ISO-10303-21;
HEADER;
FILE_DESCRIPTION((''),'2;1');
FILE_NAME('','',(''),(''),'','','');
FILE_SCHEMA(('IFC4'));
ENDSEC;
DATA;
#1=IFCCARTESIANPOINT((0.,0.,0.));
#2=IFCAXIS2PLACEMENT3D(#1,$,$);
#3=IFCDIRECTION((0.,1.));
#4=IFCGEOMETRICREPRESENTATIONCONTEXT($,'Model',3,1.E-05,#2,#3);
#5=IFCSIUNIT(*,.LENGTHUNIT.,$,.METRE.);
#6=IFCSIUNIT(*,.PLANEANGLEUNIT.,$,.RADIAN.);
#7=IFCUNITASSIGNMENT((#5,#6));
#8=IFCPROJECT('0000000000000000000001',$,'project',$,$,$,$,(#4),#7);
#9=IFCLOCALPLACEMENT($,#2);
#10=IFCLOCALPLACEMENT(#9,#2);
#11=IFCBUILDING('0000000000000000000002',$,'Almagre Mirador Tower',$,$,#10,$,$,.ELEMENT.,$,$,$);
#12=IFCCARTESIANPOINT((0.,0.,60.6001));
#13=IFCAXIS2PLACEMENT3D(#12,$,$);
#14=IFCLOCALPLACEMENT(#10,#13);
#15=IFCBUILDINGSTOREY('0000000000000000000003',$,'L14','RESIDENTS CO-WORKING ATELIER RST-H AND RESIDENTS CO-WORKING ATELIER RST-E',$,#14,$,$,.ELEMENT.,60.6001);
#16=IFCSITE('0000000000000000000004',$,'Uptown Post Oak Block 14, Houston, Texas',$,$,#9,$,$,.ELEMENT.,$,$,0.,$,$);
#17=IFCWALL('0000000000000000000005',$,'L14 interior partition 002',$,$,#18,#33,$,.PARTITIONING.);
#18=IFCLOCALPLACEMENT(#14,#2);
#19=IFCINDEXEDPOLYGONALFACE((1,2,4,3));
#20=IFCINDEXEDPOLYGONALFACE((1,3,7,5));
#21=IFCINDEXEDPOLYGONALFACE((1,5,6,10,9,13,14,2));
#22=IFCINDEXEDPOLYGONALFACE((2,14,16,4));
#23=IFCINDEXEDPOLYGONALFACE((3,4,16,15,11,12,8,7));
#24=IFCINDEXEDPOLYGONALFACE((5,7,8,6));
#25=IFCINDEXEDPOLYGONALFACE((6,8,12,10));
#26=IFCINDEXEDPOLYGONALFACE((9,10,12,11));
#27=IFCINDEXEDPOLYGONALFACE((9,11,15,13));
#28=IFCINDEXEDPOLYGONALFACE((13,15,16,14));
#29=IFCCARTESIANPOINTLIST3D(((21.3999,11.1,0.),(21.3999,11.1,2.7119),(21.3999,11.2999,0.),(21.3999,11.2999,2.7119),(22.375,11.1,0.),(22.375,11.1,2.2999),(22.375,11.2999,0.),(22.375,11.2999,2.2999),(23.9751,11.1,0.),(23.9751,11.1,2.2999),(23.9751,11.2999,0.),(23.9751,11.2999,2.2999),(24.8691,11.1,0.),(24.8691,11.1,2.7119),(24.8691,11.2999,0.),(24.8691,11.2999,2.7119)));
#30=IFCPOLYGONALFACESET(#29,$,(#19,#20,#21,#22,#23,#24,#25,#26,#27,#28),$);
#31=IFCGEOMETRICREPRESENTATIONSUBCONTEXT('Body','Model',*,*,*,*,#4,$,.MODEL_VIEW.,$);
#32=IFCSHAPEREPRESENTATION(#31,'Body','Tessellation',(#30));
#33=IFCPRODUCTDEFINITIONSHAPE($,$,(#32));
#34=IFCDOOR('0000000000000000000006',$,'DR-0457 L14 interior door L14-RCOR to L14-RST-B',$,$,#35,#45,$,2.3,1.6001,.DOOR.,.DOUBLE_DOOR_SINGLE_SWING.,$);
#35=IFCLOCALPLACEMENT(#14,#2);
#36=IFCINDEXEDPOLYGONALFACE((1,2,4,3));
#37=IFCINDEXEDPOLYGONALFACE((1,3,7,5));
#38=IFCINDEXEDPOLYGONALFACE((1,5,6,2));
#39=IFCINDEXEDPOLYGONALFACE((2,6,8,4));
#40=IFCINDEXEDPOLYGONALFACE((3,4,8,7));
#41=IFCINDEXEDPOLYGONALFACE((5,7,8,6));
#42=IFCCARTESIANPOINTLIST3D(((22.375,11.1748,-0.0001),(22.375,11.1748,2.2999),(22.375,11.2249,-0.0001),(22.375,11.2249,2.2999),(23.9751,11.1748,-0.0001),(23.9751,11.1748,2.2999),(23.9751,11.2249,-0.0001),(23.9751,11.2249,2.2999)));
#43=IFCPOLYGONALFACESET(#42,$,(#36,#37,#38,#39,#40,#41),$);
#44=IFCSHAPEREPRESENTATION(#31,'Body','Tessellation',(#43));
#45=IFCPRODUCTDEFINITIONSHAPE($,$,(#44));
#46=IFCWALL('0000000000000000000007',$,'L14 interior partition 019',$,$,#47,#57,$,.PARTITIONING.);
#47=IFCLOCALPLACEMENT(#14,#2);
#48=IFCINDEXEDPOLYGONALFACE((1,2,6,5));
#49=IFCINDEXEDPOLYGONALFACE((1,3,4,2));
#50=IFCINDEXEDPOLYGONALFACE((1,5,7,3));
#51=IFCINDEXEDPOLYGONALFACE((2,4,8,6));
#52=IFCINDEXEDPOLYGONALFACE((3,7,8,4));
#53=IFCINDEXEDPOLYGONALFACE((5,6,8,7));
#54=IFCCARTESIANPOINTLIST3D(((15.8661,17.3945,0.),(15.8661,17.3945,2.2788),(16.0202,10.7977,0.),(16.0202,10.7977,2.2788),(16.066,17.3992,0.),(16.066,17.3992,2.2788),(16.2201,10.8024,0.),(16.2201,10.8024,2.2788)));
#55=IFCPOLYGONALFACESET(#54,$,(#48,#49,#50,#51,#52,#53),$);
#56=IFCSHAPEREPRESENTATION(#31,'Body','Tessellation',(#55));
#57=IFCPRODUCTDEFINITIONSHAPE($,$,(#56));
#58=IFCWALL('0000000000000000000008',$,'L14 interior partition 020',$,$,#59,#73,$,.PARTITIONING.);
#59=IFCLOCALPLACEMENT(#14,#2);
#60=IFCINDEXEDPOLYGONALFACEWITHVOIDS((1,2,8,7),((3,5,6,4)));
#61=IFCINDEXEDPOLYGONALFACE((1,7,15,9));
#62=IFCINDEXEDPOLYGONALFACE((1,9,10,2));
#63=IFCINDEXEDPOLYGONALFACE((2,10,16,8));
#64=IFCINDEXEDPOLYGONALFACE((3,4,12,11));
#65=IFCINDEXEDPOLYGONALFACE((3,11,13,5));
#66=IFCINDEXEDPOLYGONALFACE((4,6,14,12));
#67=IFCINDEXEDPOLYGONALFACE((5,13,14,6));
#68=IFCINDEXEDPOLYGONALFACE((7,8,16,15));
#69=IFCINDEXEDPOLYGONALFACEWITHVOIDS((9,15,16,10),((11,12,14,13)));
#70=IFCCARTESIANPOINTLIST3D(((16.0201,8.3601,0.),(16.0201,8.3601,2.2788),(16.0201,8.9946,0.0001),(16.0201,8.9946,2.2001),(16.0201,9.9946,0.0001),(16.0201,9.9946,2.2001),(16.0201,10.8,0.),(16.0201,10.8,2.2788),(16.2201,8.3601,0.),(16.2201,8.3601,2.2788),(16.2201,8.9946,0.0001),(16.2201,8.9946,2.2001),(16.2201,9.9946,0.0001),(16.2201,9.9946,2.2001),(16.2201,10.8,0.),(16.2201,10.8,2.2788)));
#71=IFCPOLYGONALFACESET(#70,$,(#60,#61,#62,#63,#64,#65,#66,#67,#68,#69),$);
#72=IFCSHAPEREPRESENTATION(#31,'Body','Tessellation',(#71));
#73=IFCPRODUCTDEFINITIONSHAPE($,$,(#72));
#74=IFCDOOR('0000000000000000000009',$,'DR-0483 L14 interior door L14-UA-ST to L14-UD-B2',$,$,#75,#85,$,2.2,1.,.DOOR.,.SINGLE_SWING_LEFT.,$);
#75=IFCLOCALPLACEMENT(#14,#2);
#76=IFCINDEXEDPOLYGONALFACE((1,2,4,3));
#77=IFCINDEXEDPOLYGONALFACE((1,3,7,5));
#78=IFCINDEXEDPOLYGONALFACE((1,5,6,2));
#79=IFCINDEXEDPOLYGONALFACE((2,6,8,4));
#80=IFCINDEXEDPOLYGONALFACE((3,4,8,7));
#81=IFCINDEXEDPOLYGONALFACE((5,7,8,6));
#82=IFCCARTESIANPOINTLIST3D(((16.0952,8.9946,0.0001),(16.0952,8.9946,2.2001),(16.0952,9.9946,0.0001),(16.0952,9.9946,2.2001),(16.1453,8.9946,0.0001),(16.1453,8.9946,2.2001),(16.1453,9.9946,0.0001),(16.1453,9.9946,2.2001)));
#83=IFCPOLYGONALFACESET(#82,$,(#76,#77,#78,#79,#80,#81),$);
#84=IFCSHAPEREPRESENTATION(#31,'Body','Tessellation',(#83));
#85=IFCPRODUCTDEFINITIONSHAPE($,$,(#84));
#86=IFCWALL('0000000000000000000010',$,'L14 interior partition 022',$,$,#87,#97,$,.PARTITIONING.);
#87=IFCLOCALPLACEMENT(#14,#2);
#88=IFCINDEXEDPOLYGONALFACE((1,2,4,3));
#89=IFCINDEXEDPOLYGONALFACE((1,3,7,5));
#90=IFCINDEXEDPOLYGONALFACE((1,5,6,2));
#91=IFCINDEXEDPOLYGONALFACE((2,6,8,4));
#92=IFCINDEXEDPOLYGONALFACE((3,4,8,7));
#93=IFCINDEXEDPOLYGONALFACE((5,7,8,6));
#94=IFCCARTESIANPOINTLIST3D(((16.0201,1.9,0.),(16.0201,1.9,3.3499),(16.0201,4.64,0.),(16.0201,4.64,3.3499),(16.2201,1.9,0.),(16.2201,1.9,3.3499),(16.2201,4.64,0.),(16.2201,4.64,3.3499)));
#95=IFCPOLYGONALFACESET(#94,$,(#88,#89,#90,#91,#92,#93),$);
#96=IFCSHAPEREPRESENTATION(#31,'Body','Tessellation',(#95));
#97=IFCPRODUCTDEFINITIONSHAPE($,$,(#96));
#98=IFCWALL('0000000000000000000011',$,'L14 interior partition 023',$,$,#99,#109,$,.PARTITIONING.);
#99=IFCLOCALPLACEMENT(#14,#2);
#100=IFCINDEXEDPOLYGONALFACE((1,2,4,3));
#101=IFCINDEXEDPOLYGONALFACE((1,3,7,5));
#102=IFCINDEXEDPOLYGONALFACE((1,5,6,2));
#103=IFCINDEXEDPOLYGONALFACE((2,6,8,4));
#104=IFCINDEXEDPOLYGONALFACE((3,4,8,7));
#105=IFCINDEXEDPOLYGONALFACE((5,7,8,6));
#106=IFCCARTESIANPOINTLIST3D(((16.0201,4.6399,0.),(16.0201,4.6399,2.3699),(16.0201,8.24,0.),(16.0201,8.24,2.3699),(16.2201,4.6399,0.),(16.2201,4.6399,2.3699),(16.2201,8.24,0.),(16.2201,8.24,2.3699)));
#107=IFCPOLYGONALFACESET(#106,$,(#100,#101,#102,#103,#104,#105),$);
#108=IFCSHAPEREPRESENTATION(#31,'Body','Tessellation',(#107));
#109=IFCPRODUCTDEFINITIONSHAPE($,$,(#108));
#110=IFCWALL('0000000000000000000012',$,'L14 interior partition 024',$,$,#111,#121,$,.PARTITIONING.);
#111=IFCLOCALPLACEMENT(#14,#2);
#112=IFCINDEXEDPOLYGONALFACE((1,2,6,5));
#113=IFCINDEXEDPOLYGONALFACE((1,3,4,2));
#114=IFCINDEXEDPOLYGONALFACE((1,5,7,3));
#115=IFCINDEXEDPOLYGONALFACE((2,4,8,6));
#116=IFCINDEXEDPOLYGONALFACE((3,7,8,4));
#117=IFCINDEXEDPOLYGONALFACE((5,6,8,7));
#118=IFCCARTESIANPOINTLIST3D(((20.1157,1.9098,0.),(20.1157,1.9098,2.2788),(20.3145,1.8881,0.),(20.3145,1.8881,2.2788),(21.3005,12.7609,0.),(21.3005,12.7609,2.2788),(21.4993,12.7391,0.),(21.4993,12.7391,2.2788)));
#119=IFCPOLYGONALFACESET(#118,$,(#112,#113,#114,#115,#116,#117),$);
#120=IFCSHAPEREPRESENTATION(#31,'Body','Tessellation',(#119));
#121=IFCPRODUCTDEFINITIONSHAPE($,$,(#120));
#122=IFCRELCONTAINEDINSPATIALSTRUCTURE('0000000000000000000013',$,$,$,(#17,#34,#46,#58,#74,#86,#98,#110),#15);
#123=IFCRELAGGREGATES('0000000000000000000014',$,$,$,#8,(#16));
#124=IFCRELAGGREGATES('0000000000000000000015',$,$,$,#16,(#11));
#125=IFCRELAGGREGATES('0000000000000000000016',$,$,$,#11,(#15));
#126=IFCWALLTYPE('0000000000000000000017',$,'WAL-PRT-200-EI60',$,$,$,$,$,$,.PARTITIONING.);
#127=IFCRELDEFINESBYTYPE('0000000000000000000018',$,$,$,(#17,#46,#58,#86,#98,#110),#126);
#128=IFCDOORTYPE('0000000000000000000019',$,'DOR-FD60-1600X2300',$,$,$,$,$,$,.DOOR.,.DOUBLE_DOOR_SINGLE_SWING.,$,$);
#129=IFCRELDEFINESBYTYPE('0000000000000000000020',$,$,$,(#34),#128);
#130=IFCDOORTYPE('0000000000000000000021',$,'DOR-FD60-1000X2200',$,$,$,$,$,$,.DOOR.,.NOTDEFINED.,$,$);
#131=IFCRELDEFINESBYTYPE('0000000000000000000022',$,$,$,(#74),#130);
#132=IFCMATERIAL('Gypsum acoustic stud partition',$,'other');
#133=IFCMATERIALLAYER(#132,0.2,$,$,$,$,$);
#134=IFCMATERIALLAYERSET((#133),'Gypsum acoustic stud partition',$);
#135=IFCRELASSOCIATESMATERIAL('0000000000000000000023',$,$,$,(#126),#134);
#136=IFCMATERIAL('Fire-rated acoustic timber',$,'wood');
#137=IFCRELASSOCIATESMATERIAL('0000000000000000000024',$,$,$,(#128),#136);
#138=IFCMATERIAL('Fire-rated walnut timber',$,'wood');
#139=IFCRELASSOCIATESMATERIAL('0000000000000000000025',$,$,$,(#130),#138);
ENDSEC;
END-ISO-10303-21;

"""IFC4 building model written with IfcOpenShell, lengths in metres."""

from ifc_helpers import new_model, si_unit, direction, frame, frame_2d, origin, place, context, subcontext, project, spatial, rectangle, extrude, material, layer, layer_set, type_object, element, fill, save


model = new_model("IFC4")

# Units and contexts
model_context = context("Model", 3, precision=1e-05, world=origin(), true_north=direction((0.0, 1.0)))
body_context = subcontext(model_context, "Body", "Model", "MODEL_VIEW")
ifc_project = project(units=[si_unit("LENGTHUNIT", "METRE"), si_unit("PLANEANGLEUNIT", "RADIAN")], contexts=[model_context])

# Site, building, storey
site_placement = place(None, origin())
site = spatial("IfcSite", under=ifc_project, at=site_placement, Name="Uptown Post Oak Block 14, Houston, Texas", CompositionType="ELEMENT", RefElevation=0.0)
building_placement = place(site_placement, origin())
building = spatial("IfcBuilding", under=site, at=building_placement, Name="Almagre Mirador Tower", CompositionType="ELEMENT")
storey_placement = place(building_placement, frame((0.0, 0.0, 60.6001)))
storey = spatial("IfcBuildingStorey", under=building, at=storey_placement, Name="L14", Description="RESIDENTS CO-WORKING ATELIER RST-H AND RESIDENTS CO-WORKING ATELIER RST-E", CompositionType="ELEMENT", Elevation=60.6001)

# Wall, opening, door
ifc_material_1 = material(Name="Gypsum acoustic stud partition", Category="other")
ifc_layer_1 = layer(ifc_material_1, 0.2)
ifc_layer_set_1 = layer_set([ifc_layer_1], Name="Gypsum acoustic stud partition")
wall_type_1 = type_object("IfcWallType", Name="WAL-PRT-200-EI60", PredefinedType="PARTITIONING", material=ifc_layer_set_1)
wall_1_placement = place(storey_placement, frame((21.3999, 11.2, 0.0), z_axis=(0.0, 0.0, 1.0), x_axis=(1.0, 0.0, 0.0)))
wall_1 = element("IfcWall", 1, at=wall_1_placement, inside=storey, type_object=wall_type_1, Name="L14 interior partition 002", PredefinedType="PARTITIONING", context=body_context, shape_type="SweptSolid", body=[
    extrude(rectangle(XDim=3.4692, YDim=0.2, at=frame_2d((1.7346, 0.0))), origin(), (0.0, 0.0, 1.0), 2.7119),
])
opening_1_placement = place(wall_1_placement, frame((0.9751, 0.0, 0.0)))
opening_1 = element("IfcOpeningElement", 2, at=opening_1_placement, cuts=wall_1, PredefinedType="OPENING", context=body_context, shape_type="SweptSolid", body=[
    extrude(rectangle(XDim=1.6001, YDim=2.3, at=frame_2d((0.8, 1.1499))), frame((0.0, 0.1101, 0.0), z_axis=(0.0, -1.0, 0.0), x_axis=(1.0, 0.0, 0.0)), (0.0, 0.0, 1.0), 0.22),
])
ifc_material_2 = material(Name="Fire-rated acoustic timber", Category="wood")
door_type_1 = type_object("IfcDoorType", Name="DOR-FD60-1600X2300", OperationType="DOUBLE_DOOR_SINGLE_SWING", PredefinedType="DOOR", material=ifc_material_2)
door_1_placement = place(opening_1_placement, origin())
door_1 = element("IfcDoor", 3, at=door_1_placement, inside=storey, type_object=door_type_1, Name="DR-0457 L14 interior door L14-RCOR to L14-RST-B", OperationType="DOUBLE_DOOR_SINGLE_SWING", OverallHeight=2.3, OverallWidth=1.6001, PredefinedType="DOOR", context=body_context, shape_type="SweptSolid", body=[
    extrude(rectangle(XDim=1.6001, YDim=2.3, at=frame_2d((0.8, 1.1499))), frame((0.0, 0.0249, 0.0), z_axis=(0.0, -1.0, 0.0), x_axis=(1.0, 0.0, 0.0)), (0.0, 0.0, 1.0), 0.05),
])
fill(opening_1, door_1)

# Wall
wall_2_placement = place(storey_placement, frame((16.1201, 10.8, 0.0), z_axis=(0.0, 0.0, 1.0), x_axis=(-0.023346, 0.999727, 0.0)))
element("IfcWall", 4, at=wall_2_placement, inside=storey, type_object=wall_type_1, Name="L14 interior partition 019", PredefinedType="PARTITIONING", context=body_context, shape_type="SweptSolid", body=[
    extrude(rectangle(XDim=6.5986, YDim=0.2, at=frame_2d((3.2993, 0.0))), origin(), (0.0, 0.0, 1.0), 2.2788),
])

# Wall, opening, door
wall_3_placement = place(storey_placement, frame((16.1201, 8.3601, 0.0), z_axis=(0.0, 0.0, 1.0), x_axis=(0.0, 1.0, 0.0)))
wall_3 = element("IfcWall", 5, at=wall_3_placement, inside=storey, type_object=wall_type_1, Name="L14 interior partition 020", PredefinedType="PARTITIONING", context=body_context, shape_type="SweptSolid", body=[
    extrude(rectangle(XDim=2.4399, YDim=0.2, at=frame_2d((1.22, 0.0))), origin(), (0.0, 0.0, 1.0), 2.2788),
])
opening_2_placement = place(wall_3_placement, frame((0.6345, 0.0, 0.0)))
opening_2 = element("IfcOpeningElement", 6, at=opening_2_placement, cuts=wall_3, PredefinedType="OPENING", context=body_context, shape_type="SweptSolid", body=[
    extrude(rectangle(XDim=1.0, YDim=2.2, at=frame_2d((0.5, 1.1001))), frame((0.0, 0.1101, 0.0), z_axis=(0.0, -1.0, 0.0), x_axis=(1.0, 0.0, 0.0)), (0.0, 0.0, 1.0), 0.22),
])
ifc_material_3 = material(Name="Fire-rated walnut timber", Category="wood")
door_type_2 = type_object("IfcDoorType", Name="DOR-FD60-1000X2200", OperationType="NOTDEFINED", PredefinedType="DOOR", material=ifc_material_3)
door_2_placement = place(opening_2_placement, origin())
door_2 = element("IfcDoor", 7, at=door_2_placement, inside=storey, type_object=door_type_2, Name="DR-0483 L14 interior door L14-UA-ST to L14-UD-B2", OperationType="SINGLE_SWING_LEFT", OverallHeight=2.2, OverallWidth=1.0, PredefinedType="DOOR", context=body_context, shape_type="SweptSolid", body=[
    extrude(rectangle(XDim=1.0, YDim=2.2, at=frame_2d((0.5, 1.1001))), frame((0.0, 0.0249, 0.0), z_axis=(0.0, -1.0, 0.0), x_axis=(1.0, 0.0, 0.0)), (0.0, 0.0, 1.0), 0.05),
])
fill(opening_2, door_2)

# Walls
wall_4_placement = place(storey_placement, frame((16.1201, 1.8999, 0.0), z_axis=(0.0, 0.0, 1.0), x_axis=(0.0, 1.0, 0.0)))
element("IfcWall", 8, at=wall_4_placement, inside=storey, type_object=wall_type_1, Name="L14 interior partition 022", PredefinedType="PARTITIONING", context=body_context, shape_type="SweptSolid", body=[
    extrude(rectangle(XDim=2.74, YDim=0.2, at=frame_2d((1.3701, 0.0))), origin(), (0.0, 0.0, 1.0), 3.3499),
])
wall_5_placement = place(storey_placement, frame((16.1201, 4.6399, 0.0), z_axis=(0.0, 0.0, 1.0), x_axis=(0.0, 1.0, 0.0)))
element("IfcWall", 9, at=wall_5_placement, inside=storey, type_object=wall_type_1, Name="L14 interior partition 023", PredefinedType="PARTITIONING", context=body_context, shape_type="SweptSolid", body=[
    extrude(rectangle(XDim=3.6001, YDim=0.2, at=frame_2d((1.8, 0.0))), origin(), (0.0, 0.0, 1.0), 2.3699),
])
wall_6_placement = place(storey_placement, frame((21.3999, 12.75, 0.0), z_axis=(0.0, 0.0, 1.0), x_axis=(-0.108544, -0.994092, 0.0)))
element("IfcWall", 10, at=wall_6_placement, inside=storey, type_object=wall_type_1, Name="L14 interior partition 024", PredefinedType="PARTITIONING", context=body_context, shape_type="SweptSolid", body=[
    extrude(rectangle(XDim=10.9155, YDim=0.2, at=frame_2d((5.4578, 0.0))), origin(), (0.0, 0.0, 1.0), 2.2788),
])

save(model, "model.ifc")
